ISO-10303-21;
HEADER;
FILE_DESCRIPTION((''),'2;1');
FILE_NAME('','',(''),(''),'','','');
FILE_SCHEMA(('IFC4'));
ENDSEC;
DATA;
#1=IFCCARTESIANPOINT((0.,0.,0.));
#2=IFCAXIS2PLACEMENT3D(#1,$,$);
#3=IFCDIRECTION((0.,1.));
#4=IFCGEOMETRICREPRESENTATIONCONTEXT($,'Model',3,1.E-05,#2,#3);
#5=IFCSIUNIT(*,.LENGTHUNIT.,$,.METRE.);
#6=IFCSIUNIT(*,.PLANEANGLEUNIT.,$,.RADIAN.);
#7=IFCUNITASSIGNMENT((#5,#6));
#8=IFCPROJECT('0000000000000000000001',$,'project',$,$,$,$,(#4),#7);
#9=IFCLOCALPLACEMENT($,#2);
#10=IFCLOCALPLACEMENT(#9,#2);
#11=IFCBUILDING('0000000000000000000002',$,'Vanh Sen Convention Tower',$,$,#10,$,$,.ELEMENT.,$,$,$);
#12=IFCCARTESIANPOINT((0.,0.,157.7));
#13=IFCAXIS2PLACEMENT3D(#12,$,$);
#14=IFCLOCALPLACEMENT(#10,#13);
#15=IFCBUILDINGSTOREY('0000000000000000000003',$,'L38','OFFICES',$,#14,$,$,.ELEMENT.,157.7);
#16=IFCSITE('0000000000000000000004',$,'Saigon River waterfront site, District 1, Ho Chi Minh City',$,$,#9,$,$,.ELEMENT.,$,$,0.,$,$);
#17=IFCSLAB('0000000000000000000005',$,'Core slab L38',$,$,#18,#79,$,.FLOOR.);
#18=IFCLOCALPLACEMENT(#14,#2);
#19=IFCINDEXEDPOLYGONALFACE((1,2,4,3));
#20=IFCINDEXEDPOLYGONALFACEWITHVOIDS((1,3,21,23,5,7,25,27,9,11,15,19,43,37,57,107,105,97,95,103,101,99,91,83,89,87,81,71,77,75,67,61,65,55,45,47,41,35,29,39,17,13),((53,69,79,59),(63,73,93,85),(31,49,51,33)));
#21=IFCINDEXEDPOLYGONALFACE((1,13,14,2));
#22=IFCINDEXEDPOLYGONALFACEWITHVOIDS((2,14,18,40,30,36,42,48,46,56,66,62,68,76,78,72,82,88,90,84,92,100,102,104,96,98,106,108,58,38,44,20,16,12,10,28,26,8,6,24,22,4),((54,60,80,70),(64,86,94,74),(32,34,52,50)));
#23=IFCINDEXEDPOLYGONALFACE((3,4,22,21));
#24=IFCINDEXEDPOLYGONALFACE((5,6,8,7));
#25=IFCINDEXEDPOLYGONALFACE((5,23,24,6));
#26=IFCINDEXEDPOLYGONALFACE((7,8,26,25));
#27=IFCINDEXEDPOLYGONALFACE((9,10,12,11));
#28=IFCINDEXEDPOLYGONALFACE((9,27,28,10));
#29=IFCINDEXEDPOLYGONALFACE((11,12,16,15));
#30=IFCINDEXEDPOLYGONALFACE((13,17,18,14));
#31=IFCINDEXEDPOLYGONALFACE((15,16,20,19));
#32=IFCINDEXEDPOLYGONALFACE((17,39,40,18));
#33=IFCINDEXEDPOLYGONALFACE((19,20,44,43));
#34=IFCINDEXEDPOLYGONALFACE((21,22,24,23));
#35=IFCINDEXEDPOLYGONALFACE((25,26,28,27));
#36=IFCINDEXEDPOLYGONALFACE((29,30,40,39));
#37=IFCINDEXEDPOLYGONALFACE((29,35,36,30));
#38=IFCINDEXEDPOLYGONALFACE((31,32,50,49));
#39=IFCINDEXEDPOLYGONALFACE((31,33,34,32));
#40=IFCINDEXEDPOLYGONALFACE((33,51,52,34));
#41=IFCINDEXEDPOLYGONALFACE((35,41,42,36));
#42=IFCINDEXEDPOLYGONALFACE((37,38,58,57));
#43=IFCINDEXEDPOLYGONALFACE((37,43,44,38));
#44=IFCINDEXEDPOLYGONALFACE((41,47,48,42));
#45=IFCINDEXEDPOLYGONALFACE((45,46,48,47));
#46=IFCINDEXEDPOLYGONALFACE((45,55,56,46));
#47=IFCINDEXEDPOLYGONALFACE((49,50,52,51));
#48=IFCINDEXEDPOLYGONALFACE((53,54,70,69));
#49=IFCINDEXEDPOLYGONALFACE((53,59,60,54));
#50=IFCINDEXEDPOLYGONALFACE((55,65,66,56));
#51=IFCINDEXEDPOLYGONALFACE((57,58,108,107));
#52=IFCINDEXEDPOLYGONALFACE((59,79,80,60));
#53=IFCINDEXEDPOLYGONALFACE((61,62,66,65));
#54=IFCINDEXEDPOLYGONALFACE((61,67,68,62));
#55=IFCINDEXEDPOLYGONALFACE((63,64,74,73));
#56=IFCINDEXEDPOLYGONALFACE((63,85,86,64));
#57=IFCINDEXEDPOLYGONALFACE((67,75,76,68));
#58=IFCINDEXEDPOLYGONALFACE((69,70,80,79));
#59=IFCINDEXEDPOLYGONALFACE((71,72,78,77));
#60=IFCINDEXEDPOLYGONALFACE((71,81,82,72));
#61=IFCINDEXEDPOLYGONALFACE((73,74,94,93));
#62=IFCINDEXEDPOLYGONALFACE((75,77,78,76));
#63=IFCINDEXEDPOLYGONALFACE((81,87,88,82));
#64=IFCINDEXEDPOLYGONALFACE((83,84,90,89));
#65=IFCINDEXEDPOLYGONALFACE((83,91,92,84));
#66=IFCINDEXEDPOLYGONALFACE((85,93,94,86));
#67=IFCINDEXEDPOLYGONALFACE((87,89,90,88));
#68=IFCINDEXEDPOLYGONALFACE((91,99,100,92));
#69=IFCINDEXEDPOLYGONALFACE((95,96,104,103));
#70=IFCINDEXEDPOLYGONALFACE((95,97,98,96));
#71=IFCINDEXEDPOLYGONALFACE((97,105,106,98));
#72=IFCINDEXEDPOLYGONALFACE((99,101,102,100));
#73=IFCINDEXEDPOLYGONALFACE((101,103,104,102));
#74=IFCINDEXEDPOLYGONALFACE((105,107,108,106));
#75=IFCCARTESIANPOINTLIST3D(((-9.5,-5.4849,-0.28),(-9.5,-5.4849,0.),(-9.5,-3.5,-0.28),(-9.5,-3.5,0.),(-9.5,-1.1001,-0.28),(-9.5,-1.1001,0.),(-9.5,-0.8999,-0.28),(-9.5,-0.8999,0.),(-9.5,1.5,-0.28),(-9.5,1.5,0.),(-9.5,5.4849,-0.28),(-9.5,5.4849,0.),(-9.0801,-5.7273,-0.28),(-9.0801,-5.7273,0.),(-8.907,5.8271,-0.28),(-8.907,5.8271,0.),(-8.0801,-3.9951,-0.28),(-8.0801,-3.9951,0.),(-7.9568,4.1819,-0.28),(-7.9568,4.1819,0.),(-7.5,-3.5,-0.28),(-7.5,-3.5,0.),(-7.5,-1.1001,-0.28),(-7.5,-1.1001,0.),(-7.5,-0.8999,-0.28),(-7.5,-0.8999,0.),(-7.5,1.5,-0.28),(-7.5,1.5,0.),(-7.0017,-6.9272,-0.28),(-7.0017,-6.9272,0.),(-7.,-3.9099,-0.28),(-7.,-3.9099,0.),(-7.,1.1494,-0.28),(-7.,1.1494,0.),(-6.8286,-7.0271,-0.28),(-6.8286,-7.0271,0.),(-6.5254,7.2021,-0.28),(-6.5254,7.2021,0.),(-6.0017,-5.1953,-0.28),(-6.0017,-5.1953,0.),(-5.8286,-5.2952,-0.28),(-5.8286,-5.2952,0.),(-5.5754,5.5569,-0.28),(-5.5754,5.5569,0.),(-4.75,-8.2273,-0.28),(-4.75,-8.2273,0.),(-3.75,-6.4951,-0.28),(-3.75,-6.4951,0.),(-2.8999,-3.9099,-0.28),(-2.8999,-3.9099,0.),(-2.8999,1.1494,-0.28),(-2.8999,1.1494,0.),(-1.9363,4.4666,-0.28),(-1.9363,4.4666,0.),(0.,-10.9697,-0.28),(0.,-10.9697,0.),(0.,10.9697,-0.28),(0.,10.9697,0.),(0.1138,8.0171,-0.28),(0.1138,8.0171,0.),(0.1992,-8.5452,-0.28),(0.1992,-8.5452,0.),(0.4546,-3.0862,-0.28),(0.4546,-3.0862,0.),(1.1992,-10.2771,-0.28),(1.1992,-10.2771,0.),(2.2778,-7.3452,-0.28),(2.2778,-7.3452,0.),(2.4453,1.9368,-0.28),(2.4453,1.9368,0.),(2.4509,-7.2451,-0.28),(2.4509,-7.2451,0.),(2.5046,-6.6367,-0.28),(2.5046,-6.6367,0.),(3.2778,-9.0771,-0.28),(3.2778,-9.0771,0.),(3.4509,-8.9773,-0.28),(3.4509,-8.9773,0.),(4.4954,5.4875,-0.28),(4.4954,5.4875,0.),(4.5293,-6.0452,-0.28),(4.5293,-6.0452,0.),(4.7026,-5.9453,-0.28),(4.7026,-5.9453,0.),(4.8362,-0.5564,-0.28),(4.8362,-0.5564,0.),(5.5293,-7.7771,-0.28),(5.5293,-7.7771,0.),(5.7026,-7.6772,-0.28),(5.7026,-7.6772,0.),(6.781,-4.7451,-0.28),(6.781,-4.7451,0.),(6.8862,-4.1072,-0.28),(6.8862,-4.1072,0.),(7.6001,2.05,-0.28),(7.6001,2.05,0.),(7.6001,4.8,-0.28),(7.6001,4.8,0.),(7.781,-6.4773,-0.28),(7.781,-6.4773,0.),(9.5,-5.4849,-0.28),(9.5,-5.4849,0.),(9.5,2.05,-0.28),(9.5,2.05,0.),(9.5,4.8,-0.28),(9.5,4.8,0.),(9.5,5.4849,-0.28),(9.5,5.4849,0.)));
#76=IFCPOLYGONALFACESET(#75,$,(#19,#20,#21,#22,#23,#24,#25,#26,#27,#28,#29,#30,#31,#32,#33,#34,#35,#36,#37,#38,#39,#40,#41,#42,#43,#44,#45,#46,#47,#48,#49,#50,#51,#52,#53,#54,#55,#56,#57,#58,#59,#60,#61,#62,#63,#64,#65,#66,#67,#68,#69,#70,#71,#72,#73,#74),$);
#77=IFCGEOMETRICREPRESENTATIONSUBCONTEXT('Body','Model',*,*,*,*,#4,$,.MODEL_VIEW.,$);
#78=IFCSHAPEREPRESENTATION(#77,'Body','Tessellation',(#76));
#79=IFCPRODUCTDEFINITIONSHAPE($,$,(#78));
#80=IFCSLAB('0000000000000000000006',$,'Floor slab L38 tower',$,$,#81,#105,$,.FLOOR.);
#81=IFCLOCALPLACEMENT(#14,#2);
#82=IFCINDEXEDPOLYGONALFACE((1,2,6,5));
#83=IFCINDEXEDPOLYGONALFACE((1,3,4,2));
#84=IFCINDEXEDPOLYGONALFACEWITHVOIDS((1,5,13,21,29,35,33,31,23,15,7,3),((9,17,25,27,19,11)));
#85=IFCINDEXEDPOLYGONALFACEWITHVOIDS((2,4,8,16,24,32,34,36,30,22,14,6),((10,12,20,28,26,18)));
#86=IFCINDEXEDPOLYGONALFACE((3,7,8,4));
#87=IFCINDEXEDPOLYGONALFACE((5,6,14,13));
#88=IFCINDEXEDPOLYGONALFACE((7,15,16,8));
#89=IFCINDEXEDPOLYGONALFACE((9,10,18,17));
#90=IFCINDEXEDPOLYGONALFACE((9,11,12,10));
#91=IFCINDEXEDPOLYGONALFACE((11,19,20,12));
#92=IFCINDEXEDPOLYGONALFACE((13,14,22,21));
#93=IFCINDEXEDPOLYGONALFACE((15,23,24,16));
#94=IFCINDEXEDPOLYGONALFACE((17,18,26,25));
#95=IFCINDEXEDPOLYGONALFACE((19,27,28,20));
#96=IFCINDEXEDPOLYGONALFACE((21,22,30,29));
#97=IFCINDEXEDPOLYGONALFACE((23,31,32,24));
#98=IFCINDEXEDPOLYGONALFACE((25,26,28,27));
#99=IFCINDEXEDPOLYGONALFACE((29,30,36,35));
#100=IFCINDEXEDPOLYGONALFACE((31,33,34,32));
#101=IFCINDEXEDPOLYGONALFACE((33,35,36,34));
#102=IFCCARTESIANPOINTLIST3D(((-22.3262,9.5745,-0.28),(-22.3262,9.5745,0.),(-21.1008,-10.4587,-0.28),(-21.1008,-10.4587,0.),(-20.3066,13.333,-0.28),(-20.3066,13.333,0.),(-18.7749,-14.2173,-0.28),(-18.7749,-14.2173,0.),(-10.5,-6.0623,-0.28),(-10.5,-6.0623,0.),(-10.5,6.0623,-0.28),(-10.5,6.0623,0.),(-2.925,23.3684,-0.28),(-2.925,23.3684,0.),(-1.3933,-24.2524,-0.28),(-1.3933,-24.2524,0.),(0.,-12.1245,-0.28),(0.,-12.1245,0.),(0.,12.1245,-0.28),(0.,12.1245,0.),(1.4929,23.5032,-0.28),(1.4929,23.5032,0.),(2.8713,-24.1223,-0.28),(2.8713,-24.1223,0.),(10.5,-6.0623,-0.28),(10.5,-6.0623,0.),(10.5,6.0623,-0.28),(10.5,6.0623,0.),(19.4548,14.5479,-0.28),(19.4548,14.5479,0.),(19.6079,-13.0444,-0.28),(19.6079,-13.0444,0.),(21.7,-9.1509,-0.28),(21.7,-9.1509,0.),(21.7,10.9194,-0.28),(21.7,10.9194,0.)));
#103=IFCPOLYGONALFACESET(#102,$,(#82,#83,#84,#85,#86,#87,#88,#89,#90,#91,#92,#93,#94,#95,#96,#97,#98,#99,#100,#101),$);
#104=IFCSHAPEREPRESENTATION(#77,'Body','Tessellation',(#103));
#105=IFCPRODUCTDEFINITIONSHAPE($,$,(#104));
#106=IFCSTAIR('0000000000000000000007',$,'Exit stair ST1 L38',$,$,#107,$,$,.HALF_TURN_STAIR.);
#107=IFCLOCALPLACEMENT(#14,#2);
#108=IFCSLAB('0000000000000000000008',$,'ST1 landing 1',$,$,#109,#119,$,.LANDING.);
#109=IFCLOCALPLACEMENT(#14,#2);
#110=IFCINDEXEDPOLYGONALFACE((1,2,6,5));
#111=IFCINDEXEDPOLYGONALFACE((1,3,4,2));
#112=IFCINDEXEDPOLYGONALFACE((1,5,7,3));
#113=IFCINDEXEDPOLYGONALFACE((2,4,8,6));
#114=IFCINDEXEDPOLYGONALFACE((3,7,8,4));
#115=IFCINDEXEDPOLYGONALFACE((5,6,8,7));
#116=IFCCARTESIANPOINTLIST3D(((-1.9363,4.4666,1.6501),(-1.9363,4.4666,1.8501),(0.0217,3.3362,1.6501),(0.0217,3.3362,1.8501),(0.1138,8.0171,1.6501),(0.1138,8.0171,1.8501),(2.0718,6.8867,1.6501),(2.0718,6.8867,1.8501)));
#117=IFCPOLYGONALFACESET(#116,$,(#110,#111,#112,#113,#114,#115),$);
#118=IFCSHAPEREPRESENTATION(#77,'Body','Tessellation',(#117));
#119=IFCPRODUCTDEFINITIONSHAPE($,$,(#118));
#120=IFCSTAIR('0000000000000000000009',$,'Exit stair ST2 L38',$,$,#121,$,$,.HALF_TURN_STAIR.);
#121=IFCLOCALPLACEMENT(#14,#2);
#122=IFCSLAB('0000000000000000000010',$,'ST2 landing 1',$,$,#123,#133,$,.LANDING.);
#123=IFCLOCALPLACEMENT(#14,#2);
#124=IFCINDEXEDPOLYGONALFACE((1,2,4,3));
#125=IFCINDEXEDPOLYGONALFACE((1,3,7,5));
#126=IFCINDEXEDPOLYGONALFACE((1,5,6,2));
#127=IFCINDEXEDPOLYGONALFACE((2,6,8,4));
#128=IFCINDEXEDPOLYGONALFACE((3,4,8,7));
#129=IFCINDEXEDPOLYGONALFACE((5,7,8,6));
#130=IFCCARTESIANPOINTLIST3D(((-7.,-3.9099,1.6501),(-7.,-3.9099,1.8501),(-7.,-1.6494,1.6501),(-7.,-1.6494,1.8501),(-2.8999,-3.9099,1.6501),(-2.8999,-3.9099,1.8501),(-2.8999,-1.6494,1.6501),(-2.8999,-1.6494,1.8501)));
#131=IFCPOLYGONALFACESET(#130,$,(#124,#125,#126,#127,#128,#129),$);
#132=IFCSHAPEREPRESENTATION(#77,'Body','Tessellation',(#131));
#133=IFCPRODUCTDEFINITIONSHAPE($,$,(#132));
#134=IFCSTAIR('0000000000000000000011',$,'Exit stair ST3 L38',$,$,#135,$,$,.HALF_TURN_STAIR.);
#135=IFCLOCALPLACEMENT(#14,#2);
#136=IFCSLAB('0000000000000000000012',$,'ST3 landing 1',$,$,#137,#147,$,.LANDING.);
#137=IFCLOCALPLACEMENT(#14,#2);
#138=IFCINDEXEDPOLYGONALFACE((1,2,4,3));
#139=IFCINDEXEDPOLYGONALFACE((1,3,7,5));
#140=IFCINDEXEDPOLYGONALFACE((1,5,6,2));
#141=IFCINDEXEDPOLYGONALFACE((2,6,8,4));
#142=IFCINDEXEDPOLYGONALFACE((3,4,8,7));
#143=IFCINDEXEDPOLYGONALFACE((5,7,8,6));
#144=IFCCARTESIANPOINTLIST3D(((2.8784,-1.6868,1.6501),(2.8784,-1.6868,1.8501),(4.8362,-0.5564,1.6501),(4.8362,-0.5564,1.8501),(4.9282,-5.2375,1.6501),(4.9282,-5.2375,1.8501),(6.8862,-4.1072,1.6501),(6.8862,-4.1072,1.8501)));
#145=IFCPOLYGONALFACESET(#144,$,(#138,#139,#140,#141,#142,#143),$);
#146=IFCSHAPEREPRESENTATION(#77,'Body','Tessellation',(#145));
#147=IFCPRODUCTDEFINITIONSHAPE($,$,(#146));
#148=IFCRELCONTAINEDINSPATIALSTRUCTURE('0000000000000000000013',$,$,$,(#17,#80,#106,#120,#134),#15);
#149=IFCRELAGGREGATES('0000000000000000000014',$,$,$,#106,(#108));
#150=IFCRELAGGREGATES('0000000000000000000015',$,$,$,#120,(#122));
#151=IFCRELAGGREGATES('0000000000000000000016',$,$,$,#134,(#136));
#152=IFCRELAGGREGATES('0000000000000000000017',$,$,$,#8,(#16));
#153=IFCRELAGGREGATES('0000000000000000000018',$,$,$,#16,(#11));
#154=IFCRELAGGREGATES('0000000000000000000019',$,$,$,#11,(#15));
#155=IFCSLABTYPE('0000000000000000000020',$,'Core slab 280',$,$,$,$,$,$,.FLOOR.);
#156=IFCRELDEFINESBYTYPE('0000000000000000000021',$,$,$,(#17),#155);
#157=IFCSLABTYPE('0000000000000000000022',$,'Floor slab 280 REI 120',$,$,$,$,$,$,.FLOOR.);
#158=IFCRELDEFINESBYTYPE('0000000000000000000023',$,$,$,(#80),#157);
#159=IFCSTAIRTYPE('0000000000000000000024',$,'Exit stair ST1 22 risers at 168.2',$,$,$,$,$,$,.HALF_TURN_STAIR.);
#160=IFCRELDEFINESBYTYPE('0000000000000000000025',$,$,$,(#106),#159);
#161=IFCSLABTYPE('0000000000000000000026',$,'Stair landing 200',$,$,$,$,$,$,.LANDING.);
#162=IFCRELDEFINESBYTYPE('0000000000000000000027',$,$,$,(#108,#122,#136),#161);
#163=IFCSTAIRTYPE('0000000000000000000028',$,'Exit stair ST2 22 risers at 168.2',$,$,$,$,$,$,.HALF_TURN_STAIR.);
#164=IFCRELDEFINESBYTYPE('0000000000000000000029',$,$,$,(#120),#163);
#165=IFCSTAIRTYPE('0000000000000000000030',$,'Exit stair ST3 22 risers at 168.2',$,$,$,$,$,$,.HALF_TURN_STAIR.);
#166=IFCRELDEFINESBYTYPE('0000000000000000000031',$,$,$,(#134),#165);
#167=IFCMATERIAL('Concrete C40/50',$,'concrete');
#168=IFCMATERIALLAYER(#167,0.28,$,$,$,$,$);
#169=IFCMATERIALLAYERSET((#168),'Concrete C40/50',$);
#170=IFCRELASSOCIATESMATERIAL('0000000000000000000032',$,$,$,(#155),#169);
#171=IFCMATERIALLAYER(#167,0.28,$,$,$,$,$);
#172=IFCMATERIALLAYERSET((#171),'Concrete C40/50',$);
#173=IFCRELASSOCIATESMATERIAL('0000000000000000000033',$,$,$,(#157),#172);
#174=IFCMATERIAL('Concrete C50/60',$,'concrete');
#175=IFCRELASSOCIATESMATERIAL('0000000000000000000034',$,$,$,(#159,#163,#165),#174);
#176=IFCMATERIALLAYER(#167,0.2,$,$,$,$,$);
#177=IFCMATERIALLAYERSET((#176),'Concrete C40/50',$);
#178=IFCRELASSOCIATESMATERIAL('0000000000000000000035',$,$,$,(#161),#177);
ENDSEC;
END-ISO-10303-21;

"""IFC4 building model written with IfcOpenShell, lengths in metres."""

from ifc_helpers import new_model, si_unit, direction, frame, origin, place, context, subcontext, project, spatial, polyline, outline, extrude, material, layer, layer_set, type_object, element, aggregate, save


model = new_model("IFC4")

# Units and contexts
model_context = context("Model", 3, precision=1e-05, world=origin(), true_north=direction((0.0, 1.0)))
body_context = subcontext(model_context, "Body", "Model", "MODEL_VIEW")
ifc_project = project(units=[si_unit("LENGTHUNIT", "METRE"), si_unit("PLANEANGLEUNIT", "RADIAN")], contexts=[model_context])

# Site, building, storey
site_placement = place(None, origin())
site = spatial("IfcSite", under=ifc_project, at=site_placement, Name="Saigon River waterfront site, District 1, Ho Chi Minh City", CompositionType="ELEMENT", RefElevation=0.0)
building_placement = place(site_placement, origin())
building = spatial("IfcBuilding", under=site, at=building_placement, Name="Vanh Sen Convention Tower", CompositionType="ELEMENT")
storey_placement = place(building_placement, frame((0.0, 0.0, 157.7)))
storey = spatial("IfcBuildingStorey", under=building, at=storey_placement, Name="L38", Description="OFFICES", CompositionType="ELEMENT", Elevation=157.7)

# Slabs
ifc_material_1 = material(Name="Concrete C40/50", Category="concrete")
ifc_layer_1 = layer(ifc_material_1, 0.28)
ifc_layer_set_1 = layer_set([ifc_layer_1], Name="Concrete C40/50")
slab_type_1 = type_object("IfcSlabType", Name="Core slab 280", PredefinedType="FLOOR", material=ifc_layer_set_1)
slab_1_placement = place(storey_placement, frame((0.0, 0.0, -0.28)))
element("IfcSlab", 1, at=slab_1_placement, inside=storey, type_object=slab_type_1, Name="Core slab L38", PredefinedType="FLOOR", context=body_context, shape_type="SweptSolid", body=[
    extrude(outline(polyline([(0.0, 10.9697), (9.5, 5.4849), (9.5, 4.8), (7.6001, 4.8), (7.6001, 2.05), (9.5, 2.05), (9.5, -5.4849), (7.781, -6.4773), (6.781, -4.7451), (4.7026, -5.9453), (5.7026, -7.6772), (5.5293, -7.7771), (4.5293, -6.0452), (2.4509, -7.2451), (3.4509, -8.9773), (3.2778, -9.0771), (2.2778, -7.3452), (0.1992, -8.5452), (1.1992, -10.2771), (0.0, -10.9697), (-4.75, -8.2273), (-3.75, -6.4951), (-5.8286, -5.2952), (-6.8286, -7.0271), (-7.0017, -6.9272), (-6.0017, -5.1953), (-8.0801, -3.9951), (-9.0801, -5.7273), (-9.5, -5.4849), (-9.5, -3.5), (-7.5, -3.5), (-7.5, -1.1001), (-9.5, -1.1001), (-9.5, -0.8999), (-7.5, -0.8999), (-7.5, 1.5), (-9.5, 1.5), (-9.5, 5.4849), (-8.907, 5.8271), (-7.9568, 4.1819), (-5.5754, 5.5569), (-6.5254, 7.2021), (0.0, 10.9697)]), holes=[polyline([(-7.0, 1.1494), (-7.0, -3.9099), (-2.8999, -3.9099), (-2.8999, 1.1494), (-7.0, 1.1494)]), polyline([(2.5046, -6.6367), (6.8862, -4.1072), (4.8362, -0.5564), (0.4546, -3.0862), (2.5046, -6.6367)]), polyline([(0.1138, 8.0171), (-1.9363, 4.4666), (2.4453, 1.9368), (4.4954, 5.4875), (0.1138, 8.0171)])]), origin(), (0.0, 0.0, 1.0), 0.28),
])
ifc_layer_2 = layer(ifc_material_1, 0.28)
ifc_layer_set_2 = layer_set([ifc_layer_2], Name="Concrete C40/50")
slab_type_2 = type_object("IfcSlabType", Name="Floor slab 280 REI 120", PredefinedType="FLOOR", material=ifc_layer_set_2)
slab_2_placement = place(storey_placement, frame((0.0, 0.0, -0.28)))
element("IfcSlab", 2, at=slab_2_placement, inside=storey, type_object=slab_type_2, Name="Floor slab L38 tower", PredefinedType="FLOOR", context=body_context, shape_type="SweptSolid", body=[
    extrude(outline(polyline([(21.7, -9.1509), (21.7, 10.9194), (19.4548, 14.5479), (1.4929, 23.5032), (-2.925, 23.3684), (-20.3066, 13.333), (-22.3262, 9.5745), (-21.1008, -10.4587), (-18.7749, -14.2173), (-1.3933, -24.2524), (2.8713, -24.1223), (19.6079, -13.0444), (21.7, -9.1509)]), holes=[polyline([(0.0, 12.1245), (-10.5, 6.0623), (-10.5, -6.0623), (0.0, -12.1245), (10.5, -6.0623), (10.5, 6.0623), (0.0, 12.1245)])]), origin(), (0.0, 0.0, 1.0), 0.28),
])

# Stairs, slabs
ifc_material_2 = material(Name="Concrete C50/60", Category="concrete")
stair_type_1 = type_object("IfcStairType", Name="Exit stair ST1 22 risers at 168.2", PredefinedType="HALF_TURN_STAIR", material=ifc_material_2)
stair_1_placement = place(storey_placement, origin())
stair_1 = element("IfcStair", 3, at=stair_1_placement, inside=storey, type_object=stair_type_1, Name="Exit stair ST1 L38", PredefinedType="HALF_TURN_STAIR")
ifc_layer_3 = layer(ifc_material_1, 0.2)
ifc_layer_set_3 = layer_set([ifc_layer_3], Name="Concrete C40/50")
slab_type_3 = type_object("IfcSlabType", Name="Stair landing 200", PredefinedType="LANDING", material=ifc_layer_set_3)
slab_3_placement = place(storey_placement, frame((0.0, 0.0, 1.6501)))
slab_3 = element("IfcSlab", 4, at=slab_3_placement, type_object=slab_type_3, Name="ST1 landing 1", PredefinedType="LANDING", context=body_context, shape_type="SweptSolid", body=[
    extrude(outline(polyline([(2.0718, 6.8867), (0.1138, 8.0171), (-1.9363, 4.4666), (0.0217, 3.3362), (2.0718, 6.8867)])), origin(), (0.0, 0.0, 1.0), 0.2),
])
aggregate(stair_1, [slab_3])
stair_type_2 = type_object("IfcStairType", Name="Exit stair ST2 22 risers at 168.2", PredefinedType="HALF_TURN_STAIR", material=ifc_material_2)
stair_2_placement = place(storey_placement, origin())
stair_2 = element("IfcStair", 5, at=stair_2_placement, inside=storey, type_object=stair_type_2, Name="Exit stair ST2 L38", PredefinedType="HALF_TURN_STAIR")
slab_4_placement = place(storey_placement, frame((0.0, 0.0, 1.6501)))
slab_4 = element("IfcSlab", 6, at=slab_4_placement, type_object=slab_type_3, Name="ST2 landing 1", PredefinedType="LANDING", context=body_context, shape_type="SweptSolid", body=[
    extrude(outline(polyline([(-7.0, -1.6494), (-7.0, -3.9099), (-2.8999, -3.9099), (-2.8999, -1.6494), (-7.0, -1.6494)])), origin(), (0.0, 0.0, 1.0), 0.2),
])
aggregate(stair_2, [slab_4])
stair_type_3 = type_object("IfcStairType", Name="Exit stair ST3 22 risers at 168.2", PredefinedType="HALF_TURN_STAIR", material=ifc_material_2)
stair_3_placement = place(storey_placement, origin())
stair_3 = element("IfcStair", 7, at=stair_3_placement, inside=storey, type_object=stair_type_3, Name="Exit stair ST3 L38", PredefinedType="HALF_TURN_STAIR")
slab_5_placement = place(storey_placement, frame((0.0, 0.0, 1.6501)))
slab_5 = element("IfcSlab", 8, at=slab_5_placement, type_object=slab_type_3, Name="ST3 landing 1", PredefinedType="LANDING", context=body_context, shape_type="SweptSolid", body=[
    extrude(outline(polyline([(4.9282, -5.2375), (6.8862, -4.1072), (4.8362, -0.5564), (2.8784, -1.6868), (4.9282, -5.2375)])), origin(), (0.0, 0.0, 1.0), 0.2),
])
aggregate(stair_3, [slab_5])

save(model, "model.ifc")
